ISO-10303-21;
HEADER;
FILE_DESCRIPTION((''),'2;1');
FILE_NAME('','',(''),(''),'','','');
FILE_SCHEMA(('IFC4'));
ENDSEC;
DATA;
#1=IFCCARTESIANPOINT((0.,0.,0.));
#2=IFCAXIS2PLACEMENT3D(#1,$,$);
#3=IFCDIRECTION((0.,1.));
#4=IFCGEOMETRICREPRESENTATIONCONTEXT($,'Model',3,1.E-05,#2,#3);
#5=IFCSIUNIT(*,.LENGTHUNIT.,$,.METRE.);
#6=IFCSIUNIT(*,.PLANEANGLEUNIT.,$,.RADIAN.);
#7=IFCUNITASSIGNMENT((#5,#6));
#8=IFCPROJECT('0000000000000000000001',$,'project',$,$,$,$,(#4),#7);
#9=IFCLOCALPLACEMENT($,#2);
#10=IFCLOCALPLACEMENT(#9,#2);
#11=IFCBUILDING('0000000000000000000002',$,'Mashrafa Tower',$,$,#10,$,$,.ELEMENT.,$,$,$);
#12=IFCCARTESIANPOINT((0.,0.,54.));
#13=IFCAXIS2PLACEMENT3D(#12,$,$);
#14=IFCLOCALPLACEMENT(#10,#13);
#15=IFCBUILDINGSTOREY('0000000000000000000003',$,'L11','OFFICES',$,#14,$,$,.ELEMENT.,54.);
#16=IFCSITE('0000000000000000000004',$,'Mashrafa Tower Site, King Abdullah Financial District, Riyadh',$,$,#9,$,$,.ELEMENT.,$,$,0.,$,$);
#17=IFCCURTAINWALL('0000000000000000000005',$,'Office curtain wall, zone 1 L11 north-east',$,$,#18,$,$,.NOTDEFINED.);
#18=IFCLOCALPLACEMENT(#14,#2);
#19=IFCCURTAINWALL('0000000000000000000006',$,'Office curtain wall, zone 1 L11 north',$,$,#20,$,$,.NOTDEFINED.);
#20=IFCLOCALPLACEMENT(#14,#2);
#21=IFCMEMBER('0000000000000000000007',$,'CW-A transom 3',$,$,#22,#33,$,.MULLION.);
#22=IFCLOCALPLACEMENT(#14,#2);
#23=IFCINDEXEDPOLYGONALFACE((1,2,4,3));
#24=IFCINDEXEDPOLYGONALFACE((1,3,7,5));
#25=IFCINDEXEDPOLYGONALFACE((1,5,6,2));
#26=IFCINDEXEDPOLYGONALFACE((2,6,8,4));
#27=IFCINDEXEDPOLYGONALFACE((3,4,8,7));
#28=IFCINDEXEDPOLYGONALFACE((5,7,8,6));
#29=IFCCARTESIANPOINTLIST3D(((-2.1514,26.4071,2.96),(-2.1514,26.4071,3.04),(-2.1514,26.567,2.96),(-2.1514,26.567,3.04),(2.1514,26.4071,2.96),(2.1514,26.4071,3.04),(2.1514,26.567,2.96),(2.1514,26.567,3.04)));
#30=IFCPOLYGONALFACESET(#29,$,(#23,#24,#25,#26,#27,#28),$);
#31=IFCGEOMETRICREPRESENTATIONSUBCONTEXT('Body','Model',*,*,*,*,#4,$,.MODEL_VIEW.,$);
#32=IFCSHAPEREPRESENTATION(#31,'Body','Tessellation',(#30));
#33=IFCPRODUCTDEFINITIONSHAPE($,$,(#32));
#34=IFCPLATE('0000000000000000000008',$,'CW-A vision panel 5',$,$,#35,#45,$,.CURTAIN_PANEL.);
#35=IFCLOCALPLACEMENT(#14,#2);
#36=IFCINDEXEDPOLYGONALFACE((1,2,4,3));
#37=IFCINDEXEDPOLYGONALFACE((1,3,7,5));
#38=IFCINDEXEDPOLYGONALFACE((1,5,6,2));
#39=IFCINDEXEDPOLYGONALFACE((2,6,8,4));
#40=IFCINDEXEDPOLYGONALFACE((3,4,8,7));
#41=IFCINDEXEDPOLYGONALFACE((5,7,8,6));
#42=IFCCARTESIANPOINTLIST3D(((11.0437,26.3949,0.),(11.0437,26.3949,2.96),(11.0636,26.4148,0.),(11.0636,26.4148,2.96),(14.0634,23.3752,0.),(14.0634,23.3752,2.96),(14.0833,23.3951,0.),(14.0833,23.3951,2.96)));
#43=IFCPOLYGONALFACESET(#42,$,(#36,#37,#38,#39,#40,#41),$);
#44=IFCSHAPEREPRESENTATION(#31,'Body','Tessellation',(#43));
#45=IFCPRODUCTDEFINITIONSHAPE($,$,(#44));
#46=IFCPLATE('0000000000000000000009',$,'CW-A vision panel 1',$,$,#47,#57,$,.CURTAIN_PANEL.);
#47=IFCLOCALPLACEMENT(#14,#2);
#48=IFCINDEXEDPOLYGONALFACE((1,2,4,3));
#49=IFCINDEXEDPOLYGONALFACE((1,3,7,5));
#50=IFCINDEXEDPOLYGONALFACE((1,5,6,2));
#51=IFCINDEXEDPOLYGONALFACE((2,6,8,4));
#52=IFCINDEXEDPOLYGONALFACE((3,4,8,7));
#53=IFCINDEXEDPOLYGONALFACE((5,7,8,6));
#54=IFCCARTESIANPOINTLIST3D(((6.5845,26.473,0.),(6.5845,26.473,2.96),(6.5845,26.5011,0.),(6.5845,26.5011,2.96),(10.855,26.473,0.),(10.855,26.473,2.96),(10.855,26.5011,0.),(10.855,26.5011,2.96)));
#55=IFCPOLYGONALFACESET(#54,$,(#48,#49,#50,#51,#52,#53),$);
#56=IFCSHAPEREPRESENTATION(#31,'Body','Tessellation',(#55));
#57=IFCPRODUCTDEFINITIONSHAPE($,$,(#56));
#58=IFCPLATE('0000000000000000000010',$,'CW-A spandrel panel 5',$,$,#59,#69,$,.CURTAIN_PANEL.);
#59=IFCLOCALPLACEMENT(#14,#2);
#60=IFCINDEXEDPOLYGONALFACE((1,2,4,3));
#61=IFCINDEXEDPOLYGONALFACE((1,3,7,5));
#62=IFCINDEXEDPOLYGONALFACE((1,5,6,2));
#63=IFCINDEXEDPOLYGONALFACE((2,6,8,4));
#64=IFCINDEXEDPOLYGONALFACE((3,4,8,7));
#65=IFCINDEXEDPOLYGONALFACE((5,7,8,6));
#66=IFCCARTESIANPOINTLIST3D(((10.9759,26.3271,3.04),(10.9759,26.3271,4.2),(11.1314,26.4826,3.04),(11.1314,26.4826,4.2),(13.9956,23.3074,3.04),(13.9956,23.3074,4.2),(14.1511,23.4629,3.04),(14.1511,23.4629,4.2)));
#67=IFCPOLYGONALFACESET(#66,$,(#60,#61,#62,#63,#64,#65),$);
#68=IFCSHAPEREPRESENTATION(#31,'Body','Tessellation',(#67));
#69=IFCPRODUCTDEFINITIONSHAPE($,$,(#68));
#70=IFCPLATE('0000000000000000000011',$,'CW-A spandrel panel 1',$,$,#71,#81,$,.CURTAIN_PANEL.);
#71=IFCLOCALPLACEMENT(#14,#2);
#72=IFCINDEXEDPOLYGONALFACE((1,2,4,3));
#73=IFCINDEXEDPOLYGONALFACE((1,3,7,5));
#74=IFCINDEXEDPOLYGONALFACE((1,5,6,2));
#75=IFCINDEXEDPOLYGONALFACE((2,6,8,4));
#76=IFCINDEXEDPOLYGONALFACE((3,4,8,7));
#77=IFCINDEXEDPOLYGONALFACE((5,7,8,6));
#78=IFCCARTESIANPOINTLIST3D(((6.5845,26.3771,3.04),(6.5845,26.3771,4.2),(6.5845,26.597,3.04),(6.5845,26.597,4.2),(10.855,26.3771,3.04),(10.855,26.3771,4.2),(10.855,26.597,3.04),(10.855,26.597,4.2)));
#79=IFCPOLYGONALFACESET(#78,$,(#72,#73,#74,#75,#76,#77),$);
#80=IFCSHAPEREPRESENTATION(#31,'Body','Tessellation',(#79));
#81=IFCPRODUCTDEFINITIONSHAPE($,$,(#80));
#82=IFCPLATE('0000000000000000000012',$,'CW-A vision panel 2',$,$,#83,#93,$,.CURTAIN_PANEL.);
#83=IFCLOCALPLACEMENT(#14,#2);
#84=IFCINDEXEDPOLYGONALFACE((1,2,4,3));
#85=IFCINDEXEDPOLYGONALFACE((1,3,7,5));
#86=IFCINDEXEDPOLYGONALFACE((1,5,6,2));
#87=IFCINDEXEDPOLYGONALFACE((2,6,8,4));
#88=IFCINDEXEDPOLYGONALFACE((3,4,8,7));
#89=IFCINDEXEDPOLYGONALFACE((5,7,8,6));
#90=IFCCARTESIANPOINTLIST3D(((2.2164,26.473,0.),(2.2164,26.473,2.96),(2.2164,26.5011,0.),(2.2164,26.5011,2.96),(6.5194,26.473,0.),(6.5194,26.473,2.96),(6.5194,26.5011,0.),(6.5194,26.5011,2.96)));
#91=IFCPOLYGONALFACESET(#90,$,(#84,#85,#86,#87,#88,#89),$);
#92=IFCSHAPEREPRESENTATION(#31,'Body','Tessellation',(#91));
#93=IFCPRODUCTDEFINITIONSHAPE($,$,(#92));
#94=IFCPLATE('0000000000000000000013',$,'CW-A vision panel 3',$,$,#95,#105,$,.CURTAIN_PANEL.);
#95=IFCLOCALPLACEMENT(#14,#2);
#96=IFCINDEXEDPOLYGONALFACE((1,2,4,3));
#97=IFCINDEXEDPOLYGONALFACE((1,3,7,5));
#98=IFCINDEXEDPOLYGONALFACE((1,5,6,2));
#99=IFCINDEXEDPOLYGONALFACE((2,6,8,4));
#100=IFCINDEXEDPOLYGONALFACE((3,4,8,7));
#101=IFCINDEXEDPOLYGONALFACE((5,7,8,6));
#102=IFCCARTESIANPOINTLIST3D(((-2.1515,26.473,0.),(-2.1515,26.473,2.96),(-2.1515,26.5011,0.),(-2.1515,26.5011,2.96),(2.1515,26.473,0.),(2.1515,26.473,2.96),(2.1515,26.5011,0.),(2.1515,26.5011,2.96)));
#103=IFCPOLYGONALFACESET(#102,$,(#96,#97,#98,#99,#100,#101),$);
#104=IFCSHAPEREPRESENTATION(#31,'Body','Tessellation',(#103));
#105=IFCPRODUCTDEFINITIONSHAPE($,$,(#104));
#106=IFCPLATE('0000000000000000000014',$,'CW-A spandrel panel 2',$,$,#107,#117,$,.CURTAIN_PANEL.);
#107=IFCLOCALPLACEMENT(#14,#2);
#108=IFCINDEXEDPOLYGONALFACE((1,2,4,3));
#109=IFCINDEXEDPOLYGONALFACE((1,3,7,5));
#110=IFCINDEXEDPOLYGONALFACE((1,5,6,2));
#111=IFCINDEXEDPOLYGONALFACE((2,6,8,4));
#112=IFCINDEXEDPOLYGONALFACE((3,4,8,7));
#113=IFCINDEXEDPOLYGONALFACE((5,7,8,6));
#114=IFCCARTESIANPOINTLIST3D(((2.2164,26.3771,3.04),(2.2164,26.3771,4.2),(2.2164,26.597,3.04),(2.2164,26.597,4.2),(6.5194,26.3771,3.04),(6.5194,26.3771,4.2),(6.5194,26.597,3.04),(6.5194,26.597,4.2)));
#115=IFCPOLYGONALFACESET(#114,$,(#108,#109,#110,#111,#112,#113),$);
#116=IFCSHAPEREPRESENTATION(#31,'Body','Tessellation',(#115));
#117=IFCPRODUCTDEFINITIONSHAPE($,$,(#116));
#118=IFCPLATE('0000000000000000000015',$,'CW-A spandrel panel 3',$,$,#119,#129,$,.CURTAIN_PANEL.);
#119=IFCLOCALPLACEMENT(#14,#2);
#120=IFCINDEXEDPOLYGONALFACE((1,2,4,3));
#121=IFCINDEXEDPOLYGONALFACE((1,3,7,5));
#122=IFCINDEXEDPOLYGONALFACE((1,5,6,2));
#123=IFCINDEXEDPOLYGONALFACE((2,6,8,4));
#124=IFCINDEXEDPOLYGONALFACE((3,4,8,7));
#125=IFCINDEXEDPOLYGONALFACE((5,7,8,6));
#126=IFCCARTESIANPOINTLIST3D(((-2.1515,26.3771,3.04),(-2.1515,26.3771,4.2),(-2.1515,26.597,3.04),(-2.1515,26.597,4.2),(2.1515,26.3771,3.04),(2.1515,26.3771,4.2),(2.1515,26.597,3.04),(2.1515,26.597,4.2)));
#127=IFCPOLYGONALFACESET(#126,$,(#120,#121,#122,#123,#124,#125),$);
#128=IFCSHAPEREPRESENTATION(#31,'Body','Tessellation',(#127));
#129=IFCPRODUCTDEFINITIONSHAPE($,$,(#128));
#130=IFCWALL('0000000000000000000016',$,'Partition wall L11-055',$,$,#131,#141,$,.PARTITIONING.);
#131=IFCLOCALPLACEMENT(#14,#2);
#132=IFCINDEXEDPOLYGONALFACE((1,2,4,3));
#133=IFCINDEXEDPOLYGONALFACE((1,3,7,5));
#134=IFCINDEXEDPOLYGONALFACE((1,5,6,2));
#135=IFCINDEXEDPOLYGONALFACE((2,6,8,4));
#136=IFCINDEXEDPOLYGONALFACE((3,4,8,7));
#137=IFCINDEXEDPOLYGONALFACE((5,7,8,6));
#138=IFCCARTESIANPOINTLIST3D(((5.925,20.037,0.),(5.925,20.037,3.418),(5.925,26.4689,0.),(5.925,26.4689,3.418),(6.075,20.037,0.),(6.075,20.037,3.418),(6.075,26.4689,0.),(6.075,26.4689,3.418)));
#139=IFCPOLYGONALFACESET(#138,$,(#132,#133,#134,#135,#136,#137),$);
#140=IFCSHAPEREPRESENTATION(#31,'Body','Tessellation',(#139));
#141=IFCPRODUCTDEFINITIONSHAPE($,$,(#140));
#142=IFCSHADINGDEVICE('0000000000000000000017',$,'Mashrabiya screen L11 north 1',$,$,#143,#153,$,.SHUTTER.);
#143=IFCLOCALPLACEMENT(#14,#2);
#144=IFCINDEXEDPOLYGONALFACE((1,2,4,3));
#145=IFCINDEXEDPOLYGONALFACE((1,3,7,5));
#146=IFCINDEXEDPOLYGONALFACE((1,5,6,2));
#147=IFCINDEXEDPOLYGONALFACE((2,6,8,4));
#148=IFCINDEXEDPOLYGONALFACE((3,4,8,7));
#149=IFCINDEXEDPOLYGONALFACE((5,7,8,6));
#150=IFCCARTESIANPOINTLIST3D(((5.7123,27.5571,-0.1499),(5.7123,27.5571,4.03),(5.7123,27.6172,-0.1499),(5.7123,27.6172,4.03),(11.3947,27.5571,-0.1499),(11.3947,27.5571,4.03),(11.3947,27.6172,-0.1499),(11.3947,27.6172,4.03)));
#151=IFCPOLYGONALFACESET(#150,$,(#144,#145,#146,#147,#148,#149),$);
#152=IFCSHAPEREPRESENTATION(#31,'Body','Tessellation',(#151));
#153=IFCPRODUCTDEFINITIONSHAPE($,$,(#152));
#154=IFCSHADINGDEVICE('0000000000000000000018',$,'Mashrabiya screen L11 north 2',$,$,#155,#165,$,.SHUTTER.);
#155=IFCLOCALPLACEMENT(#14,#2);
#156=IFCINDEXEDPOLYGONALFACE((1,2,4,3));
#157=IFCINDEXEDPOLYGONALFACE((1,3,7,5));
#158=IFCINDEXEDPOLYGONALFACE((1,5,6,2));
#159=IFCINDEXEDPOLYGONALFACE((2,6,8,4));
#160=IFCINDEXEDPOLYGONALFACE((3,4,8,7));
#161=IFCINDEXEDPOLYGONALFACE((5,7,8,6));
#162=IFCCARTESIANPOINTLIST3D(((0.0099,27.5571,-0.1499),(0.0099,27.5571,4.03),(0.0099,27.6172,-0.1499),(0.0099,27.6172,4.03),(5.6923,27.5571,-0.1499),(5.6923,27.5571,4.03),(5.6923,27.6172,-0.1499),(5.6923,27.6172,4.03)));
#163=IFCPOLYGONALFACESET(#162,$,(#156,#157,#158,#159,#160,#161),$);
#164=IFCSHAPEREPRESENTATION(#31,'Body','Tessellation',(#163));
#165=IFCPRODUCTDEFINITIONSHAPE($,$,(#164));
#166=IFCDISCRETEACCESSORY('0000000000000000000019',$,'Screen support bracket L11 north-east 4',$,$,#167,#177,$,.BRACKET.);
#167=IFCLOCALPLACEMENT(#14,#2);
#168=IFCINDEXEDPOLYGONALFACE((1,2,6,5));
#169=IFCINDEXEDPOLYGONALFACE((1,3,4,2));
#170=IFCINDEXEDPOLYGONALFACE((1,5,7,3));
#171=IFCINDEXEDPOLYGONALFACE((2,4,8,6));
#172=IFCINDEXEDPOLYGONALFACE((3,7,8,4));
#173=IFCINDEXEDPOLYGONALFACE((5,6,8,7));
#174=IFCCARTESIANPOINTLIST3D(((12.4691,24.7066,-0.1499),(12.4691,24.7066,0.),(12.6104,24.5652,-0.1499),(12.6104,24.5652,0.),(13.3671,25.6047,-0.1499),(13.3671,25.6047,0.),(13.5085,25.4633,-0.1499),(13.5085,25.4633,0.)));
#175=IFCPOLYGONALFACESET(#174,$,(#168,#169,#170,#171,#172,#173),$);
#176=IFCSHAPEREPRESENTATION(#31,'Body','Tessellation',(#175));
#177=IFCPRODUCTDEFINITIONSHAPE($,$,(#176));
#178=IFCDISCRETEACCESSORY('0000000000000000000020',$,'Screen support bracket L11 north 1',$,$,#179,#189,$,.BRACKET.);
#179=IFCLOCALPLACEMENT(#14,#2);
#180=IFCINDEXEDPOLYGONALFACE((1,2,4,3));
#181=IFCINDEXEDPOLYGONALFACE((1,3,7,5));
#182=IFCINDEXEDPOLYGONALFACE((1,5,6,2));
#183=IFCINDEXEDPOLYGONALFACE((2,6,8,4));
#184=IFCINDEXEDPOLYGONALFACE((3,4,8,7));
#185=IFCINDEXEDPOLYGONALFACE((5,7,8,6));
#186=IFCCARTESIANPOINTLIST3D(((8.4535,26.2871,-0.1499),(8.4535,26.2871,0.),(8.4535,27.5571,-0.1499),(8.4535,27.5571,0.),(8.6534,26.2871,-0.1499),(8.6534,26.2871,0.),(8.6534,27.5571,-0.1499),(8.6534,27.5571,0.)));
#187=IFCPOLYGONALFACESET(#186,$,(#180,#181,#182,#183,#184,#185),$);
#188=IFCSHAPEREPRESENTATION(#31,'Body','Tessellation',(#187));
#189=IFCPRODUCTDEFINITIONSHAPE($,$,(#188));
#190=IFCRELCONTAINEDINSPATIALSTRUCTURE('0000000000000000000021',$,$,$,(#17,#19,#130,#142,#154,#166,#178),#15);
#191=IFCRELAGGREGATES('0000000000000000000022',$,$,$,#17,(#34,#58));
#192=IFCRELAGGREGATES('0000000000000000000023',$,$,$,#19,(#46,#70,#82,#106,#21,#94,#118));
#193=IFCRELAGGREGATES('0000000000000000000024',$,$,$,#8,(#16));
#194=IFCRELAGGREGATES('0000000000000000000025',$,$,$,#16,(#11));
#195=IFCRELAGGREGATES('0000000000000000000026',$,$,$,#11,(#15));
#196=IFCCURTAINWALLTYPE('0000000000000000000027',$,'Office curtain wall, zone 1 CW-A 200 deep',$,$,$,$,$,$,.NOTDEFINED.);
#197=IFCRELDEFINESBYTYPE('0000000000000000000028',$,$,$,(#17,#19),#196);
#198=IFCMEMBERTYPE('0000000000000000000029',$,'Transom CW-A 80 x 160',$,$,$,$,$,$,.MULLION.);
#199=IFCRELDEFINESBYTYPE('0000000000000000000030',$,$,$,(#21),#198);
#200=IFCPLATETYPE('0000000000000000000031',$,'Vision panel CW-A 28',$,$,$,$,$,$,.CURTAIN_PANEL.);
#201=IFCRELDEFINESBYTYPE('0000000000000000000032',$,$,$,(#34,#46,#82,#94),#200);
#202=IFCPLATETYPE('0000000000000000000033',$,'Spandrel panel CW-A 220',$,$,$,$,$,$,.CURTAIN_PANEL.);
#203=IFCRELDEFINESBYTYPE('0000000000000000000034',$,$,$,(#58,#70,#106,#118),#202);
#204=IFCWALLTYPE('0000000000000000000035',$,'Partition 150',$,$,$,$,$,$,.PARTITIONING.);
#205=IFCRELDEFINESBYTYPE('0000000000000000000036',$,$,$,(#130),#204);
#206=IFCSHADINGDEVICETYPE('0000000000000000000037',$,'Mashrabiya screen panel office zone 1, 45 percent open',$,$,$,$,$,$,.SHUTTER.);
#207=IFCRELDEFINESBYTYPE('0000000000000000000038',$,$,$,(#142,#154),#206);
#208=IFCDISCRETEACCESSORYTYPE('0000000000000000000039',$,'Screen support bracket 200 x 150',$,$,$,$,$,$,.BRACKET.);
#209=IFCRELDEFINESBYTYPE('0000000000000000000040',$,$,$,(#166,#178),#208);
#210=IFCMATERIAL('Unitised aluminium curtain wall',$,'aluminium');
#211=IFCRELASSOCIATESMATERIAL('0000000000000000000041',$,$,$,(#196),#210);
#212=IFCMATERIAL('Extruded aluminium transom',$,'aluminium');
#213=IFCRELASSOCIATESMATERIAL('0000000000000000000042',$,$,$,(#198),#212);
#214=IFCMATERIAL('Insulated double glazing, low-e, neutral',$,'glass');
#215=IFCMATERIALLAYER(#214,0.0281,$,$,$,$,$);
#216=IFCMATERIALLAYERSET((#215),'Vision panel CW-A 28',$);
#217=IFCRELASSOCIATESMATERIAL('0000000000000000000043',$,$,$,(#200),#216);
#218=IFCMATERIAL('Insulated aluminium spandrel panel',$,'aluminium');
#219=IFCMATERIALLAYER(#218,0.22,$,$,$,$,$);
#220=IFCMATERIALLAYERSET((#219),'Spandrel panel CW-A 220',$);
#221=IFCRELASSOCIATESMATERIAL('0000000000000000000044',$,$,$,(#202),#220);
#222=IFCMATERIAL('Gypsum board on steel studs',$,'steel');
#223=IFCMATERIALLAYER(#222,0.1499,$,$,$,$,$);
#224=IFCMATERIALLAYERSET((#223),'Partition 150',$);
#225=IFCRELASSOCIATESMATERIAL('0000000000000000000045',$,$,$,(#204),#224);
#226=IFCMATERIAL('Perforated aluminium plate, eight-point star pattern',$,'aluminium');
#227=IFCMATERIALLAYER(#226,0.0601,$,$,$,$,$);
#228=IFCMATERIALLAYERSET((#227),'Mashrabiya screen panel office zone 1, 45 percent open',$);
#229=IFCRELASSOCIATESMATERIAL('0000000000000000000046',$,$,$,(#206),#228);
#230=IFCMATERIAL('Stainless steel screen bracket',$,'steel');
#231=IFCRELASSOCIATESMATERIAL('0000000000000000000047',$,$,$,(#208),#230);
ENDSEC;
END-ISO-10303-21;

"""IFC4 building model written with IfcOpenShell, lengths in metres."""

from ifc_helpers import new_model, si_unit, direction, frame, frame_2d, origin, origin_2d, place, context, subcontext, project, spatial, rectangle, extrude, source, transform, mapped, material, layer, layer_set, material_profile, profile_set, type_object, type_shapes, element, aggregate, save


model = new_model("IFC4")

# Units and contexts
model_context = context("Model", 3, precision=1e-05, world=origin(), true_north=direction((0.0, 1.0)))
body_context = subcontext(model_context, "Body", "Model", "MODEL_VIEW")
ifc_project = project(units=[si_unit("LENGTHUNIT", "METRE"), si_unit("PLANEANGLEUNIT", "RADIAN")], contexts=[model_context])

# Site, building, storey
site_placement = place(None, origin())
site = spatial("IfcSite", under=ifc_project, at=site_placement, Name="Mashrafa Tower Site, King Abdullah Financial District, Riyadh", CompositionType="ELEMENT", RefElevation=0.0)
building_placement = place(site_placement, origin())
building = spatial("IfcBuilding", under=site, at=building_placement, Name="Mashrafa Tower", CompositionType="ELEMENT")
storey_placement = place(building_placement, frame((0.0, 0.0, 54.0)))
storey = spatial("IfcBuildingStorey", under=building, at=storey_placement, Name="L11", Description="OFFICES", CompositionType="ELEMENT", Elevation=54.0)

# Curtain wall
ifc_material_1 = material(Name="Unitised aluminium curtain wall", Category="aluminium")
curtain_wall_type = type_object("IfcCurtainWallType", Name="Office curtain wall, zone 1 CW-A 200 deep", PredefinedType="NOTDEFINED", material=ifc_material_1)
curtain_wall_1_placement = place(storey_placement, origin())
curtain_wall_1 = element("IfcCurtainWall", 1, at=curtain_wall_1_placement, inside=storey, type_object=curtain_wall_type, Name="Office curtain wall, zone 1 L11 north-east", PredefinedType="NOTDEFINED")

# Curtain wall, member
curtain_wall_2_placement = place(storey_placement, origin())
curtain_wall_2 = element("IfcCurtainWall", 2, at=curtain_wall_2_placement, inside=storey, type_object=curtain_wall_type, Name="Office curtain wall, zone 1 L11 north", PredefinedType="NOTDEFINED")
ifc_material_2 = material(Name="Extruded aluminium transom", Category="aluminium")
ifc_material_profile_1 = material_profile(ifc_material_2, rectangle(XDim=0.1599, YDim=0.0801, at=origin_2d()), Name="Transom 80x160")
ifc_profile_set_1 = profile_set([ifc_material_profile_1], Name="Extruded aluminium transom")
member_type_1 = type_object("IfcMemberType", Name="Transom CW-A 80 x 160", PredefinedType="MULLION", material=ifc_profile_set_1)
shared_shape_1 = source(origin(), body_context, "Body", "SweptSolid", [
    extrude(rectangle(XDim=0.1599, YDim=0.0801, at=origin_2d()), origin(), (0.0, 0.0, 1.0), 4.3027),
])
member_1_placement = place(storey_placement, frame((2.1514, 26.4871, 3.0), z_axis=(-1.0, 0.0, 0.0), x_axis=(0.0, -1.0, 0.0)))
member_1 = element("IfcMember", 3, at=member_1_placement, type_object=member_type_1, Name="CW-A transom 3", PredefinedType="MULLION", context=body_context, shape_type="MappedRepresentation", body=[
    mapped(shared_shape_1, transform((0.0, 0.0, 0.0))),
])

# Plates
ifc_material_3 = material(Name="Insulated double glazing, low-e, neutral", Category="glass")
ifc_layer_1 = layer(ifc_material_3, 0.0281)
ifc_layer_set_1 = layer_set([ifc_layer_1], Name="Vision panel CW-A 28")
plate_type_1 = type_object("IfcPlateType", Name="Vision panel CW-A 28", PredefinedType="CURTAIN_PANEL", material=ifc_layer_set_1)
shared_shape_2 = source(origin(), body_context, "Body", "SweptSolid", [
    extrude(rectangle(XDim=4.2705, YDim=0.0281, at=origin_2d()), origin(), (0.0, 0.0, 1.0), 2.96),
])
plate_1_placement = place(storey_placement, frame((12.5635, 24.895, 0.0), z_axis=(0.0, 0.0, 1.0), x_axis=(-0.707107, 0.707107, 0.0)))
plate_1 = element("IfcPlate", 4, at=plate_1_placement, type_object=plate_type_1, Name="CW-A vision panel 5", PredefinedType="CURTAIN_PANEL", context=body_context, shape_type="MappedRepresentation", body=[
    mapped(shared_shape_2, transform((0.0, 0.0, 0.0))),
])
plate_2_placement = place(storey_placement, frame((8.7197, 26.4871, 0.0), z_axis=(0.0, 0.0, 1.0), x_axis=(-1.0, 0.0, 0.0)))
plate_2 = element("IfcPlate", 5, at=plate_2_placement, type_object=plate_type_1, Name="CW-A vision panel 1", PredefinedType="CURTAIN_PANEL", context=body_context, shape_type="MappedRepresentation", body=[
    mapped(shared_shape_2, transform((0.0, 0.0, 0.0))),
])
ifc_material_4 = material(Name="Insulated aluminium spandrel panel", Category="aluminium")
ifc_layer_2 = layer(ifc_material_4, 0.22)
ifc_layer_set_2 = layer_set([ifc_layer_2], Name="Spandrel panel CW-A 220")
plate_type_2 = type_object("IfcPlateType", Name="Spandrel panel CW-A 220", PredefinedType="CURTAIN_PANEL", material=ifc_layer_set_2)
shared_shape_3 = source(origin(), body_context, "Body", "SweptSolid", [
    extrude(rectangle(XDim=4.2705, YDim=0.22, at=origin_2d()), origin(), (0.0, 0.0, 1.0), 1.1599),
])
plate_3_placement = place(storey_placement, frame((12.5635, 24.895, 3.04), z_axis=(0.0, 0.0, 1.0), x_axis=(-0.707107, 0.707107, 0.0)))
plate_3 = element("IfcPlate", 6, at=plate_3_placement, type_object=plate_type_2, Name="CW-A spandrel panel 5", PredefinedType="CURTAIN_PANEL", context=body_context, shape_type="MappedRepresentation", body=[
    mapped(shared_shape_3, transform((0.0, 0.0, 0.0))),
])
aggregate(curtain_wall_1, [plate_1, plate_3])
plate_4_placement = place(storey_placement, frame((8.7197, 26.4871, 3.04), z_axis=(0.0, 0.0, 1.0), x_axis=(-1.0, 0.0, 0.0)))
plate_4 = element("IfcPlate", 7, at=plate_4_placement, type_object=plate_type_2, Name="CW-A spandrel panel 1", PredefinedType="CURTAIN_PANEL", context=body_context, shape_type="MappedRepresentation", body=[
    mapped(shared_shape_3, transform((0.0, 0.0, 0.0))),
])
shared_shape_4 = source(origin(), body_context, "Body", "SweptSolid", [
    extrude(rectangle(XDim=4.303, YDim=0.0281, at=origin_2d()), origin(), (0.0, 0.0, 1.0), 2.96),
])
type_shapes(plate_type_1, [shared_shape_2, shared_shape_4])
plate_5_placement = place(storey_placement, frame((4.3679, 26.4871, 0.0), z_axis=(0.0, 0.0, 1.0), x_axis=(-1.0, 0.0, 0.0)))
plate_5 = element("IfcPlate", 8, at=plate_5_placement, type_object=plate_type_1, Name="CW-A vision panel 2", PredefinedType="CURTAIN_PANEL", context=body_context, shape_type="MappedRepresentation", body=[
    mapped(shared_shape_4, transform((0.0, 0.0, 0.0))),
])
plate_6_placement = place(storey_placement, frame((0.0, 26.4871, 0.0), z_axis=(0.0, 0.0, 1.0), x_axis=(-1.0, 0.0, 0.0)))
plate_6 = element("IfcPlate", 9, at=plate_6_placement, type_object=plate_type_1, Name="CW-A vision panel 3", PredefinedType="CURTAIN_PANEL", context=body_context, shape_type="MappedRepresentation", body=[
    mapped(shared_shape_4, transform((0.0, 0.0, 0.0))),
])
shared_shape_5 = source(origin(), body_context, "Body", "SweptSolid", [
    extrude(rectangle(XDim=4.303, YDim=0.22, at=origin_2d()), origin(), (0.0, 0.0, 1.0), 1.1599),
])
type_shapes(plate_type_2, [shared_shape_3, shared_shape_5])
plate_7_placement = place(storey_placement, frame((4.3679, 26.4871, 3.04), z_axis=(0.0, 0.0, 1.0), x_axis=(-1.0, 0.0, 0.0)))
plate_7 = element("IfcPlate", 10, at=plate_7_placement, type_object=plate_type_2, Name="CW-A spandrel panel 2", PredefinedType="CURTAIN_PANEL", context=body_context, shape_type="MappedRepresentation", body=[
    mapped(shared_shape_5, transform((0.0, 0.0, 0.0))),
])
plate_8_placement = place(storey_placement, frame((0.0, 26.4871, 3.04), z_axis=(0.0, 0.0, 1.0), x_axis=(-1.0, 0.0, 0.0)))
plate_8 = element("IfcPlate", 11, at=plate_8_placement, type_object=plate_type_2, Name="CW-A spandrel panel 3", PredefinedType="CURTAIN_PANEL", context=body_context, shape_type="MappedRepresentation", body=[
    mapped(shared_shape_5, transform((0.0, 0.0, 0.0))),
])
aggregate(curtain_wall_2, [plate_2, plate_4, plate_5, plate_7, member_1, plate_6, plate_8])

# Wall
ifc_material_5 = material(Name="Gypsum board on steel studs", Category="steel")
ifc_layer_3 = layer(ifc_material_5, 0.1499)
ifc_layer_set_3 = layer_set([ifc_layer_3], Name="Partition 150")
wall_type = type_object("IfcWallType", Name="Partition 150", PredefinedType="PARTITIONING", material=ifc_layer_set_3)
wall_placement = place(storey_placement, frame((6.0, 20.0371, 0.0), z_axis=(0.0, 0.0, 1.0), x_axis=(0.0, 1.0, 0.0)))
element("IfcWall", 12, at=wall_placement, inside=storey, type_object=wall_type, Name="Partition wall L11-055", PredefinedType="PARTITIONING", context=body_context, shape_type="SweptSolid", body=[
    extrude(rectangle(XDim=6.4319, YDim=0.1499, at=frame_2d((3.2158, 0.0))), origin(), (0.0, 0.0, 1.0), 3.418),
])

# Shading devices
ifc_material_6 = material(Name="Perforated aluminium plate, eight-point star pattern", Category="aluminium")
ifc_layer_4 = layer(ifc_material_6, 0.0601)
ifc_layer_set_4 = layer_set([ifc_layer_4], Name="Mashrabiya screen panel office zone 1, 45 percent open")
shading_device_type = type_object("IfcShadingDeviceType", Name="Mashrabiya screen panel office zone 1, 45 percent open", PredefinedType="SHUTTER", material=ifc_layer_set_4)
shared_shape_6 = source(origin(), body_context, "Body", "SweptSolid", [
    extrude(rectangle(XDim=5.6824, YDim=0.0601, at=origin_2d()), origin(), (0.0, 0.0, 1.0), 4.1799),
])
type_shapes(shading_device_type, [shared_shape_6])
for number, where, z_axis, x_axis, name in (
    (13, (8.5535, 27.5872, -0.1499), (0.0, 0.0, 1.0), (-1.0, 0.0, 0.0), "Mashrabiya screen L11 north 1"),
    (14, (2.8511, 27.5872, -0.1499), (0.0, 0.0, 1.0), (-1.0, 0.0, 0.0), "Mashrabiya screen L11 north 2"),
):
    element("IfcShadingDevice", number, at=place(storey_placement, frame(where, z_axis=z_axis, x_axis=x_axis)), inside=storey, type_object=shading_device_type, Name=name, PredefinedType="SHUTTER", context=body_context, shape_type="MappedRepresentation", body=[
        mapped(shared_shape_6, transform((0.0, 0.0, 0.0))),
    ])

# Discrete accessories
ifc_material_7 = material(Name="Stainless steel screen bracket", Category="steel")
discrete_accessory_type = type_object("IfcDiscreteAccessoryType", Name="Screen support bracket 200 x 150", PredefinedType="BRACKET", material=ifc_material_7)
shared_shape_7 = source(origin(), body_context, "Body", "SweptSolid", [
    extrude(rectangle(XDim=0.2, YDim=1.27, at=origin_2d()), origin(), (0.0, 0.0, 1.0), 0.1499),
])
type_shapes(discrete_accessory_type, [shared_shape_7])
for number, where, z_axis, x_axis, name in (
    (15, (12.9888, 25.085, -0.1499), (0.0, 0.0, 1.0), (-0.707107, 0.707107, 0.0), "Screen support bracket L11 north-east 4"),
    (16, (8.5535, 26.9221, -0.1499), (0.0, 0.0, 1.0), (-1.0, 0.0, 0.0), "Screen support bracket L11 north 1"),
):
    element("IfcDiscreteAccessory", number, at=place(storey_placement, frame(where, z_axis=z_axis, x_axis=x_axis)), inside=storey, type_object=discrete_accessory_type, Name=name, PredefinedType="BRACKET", context=body_context, shape_type="MappedRepresentation", body=[
        mapped(shared_shape_7, transform((0.0, 0.0, 0.0))),
    ])

save(model, "model.ifc")
